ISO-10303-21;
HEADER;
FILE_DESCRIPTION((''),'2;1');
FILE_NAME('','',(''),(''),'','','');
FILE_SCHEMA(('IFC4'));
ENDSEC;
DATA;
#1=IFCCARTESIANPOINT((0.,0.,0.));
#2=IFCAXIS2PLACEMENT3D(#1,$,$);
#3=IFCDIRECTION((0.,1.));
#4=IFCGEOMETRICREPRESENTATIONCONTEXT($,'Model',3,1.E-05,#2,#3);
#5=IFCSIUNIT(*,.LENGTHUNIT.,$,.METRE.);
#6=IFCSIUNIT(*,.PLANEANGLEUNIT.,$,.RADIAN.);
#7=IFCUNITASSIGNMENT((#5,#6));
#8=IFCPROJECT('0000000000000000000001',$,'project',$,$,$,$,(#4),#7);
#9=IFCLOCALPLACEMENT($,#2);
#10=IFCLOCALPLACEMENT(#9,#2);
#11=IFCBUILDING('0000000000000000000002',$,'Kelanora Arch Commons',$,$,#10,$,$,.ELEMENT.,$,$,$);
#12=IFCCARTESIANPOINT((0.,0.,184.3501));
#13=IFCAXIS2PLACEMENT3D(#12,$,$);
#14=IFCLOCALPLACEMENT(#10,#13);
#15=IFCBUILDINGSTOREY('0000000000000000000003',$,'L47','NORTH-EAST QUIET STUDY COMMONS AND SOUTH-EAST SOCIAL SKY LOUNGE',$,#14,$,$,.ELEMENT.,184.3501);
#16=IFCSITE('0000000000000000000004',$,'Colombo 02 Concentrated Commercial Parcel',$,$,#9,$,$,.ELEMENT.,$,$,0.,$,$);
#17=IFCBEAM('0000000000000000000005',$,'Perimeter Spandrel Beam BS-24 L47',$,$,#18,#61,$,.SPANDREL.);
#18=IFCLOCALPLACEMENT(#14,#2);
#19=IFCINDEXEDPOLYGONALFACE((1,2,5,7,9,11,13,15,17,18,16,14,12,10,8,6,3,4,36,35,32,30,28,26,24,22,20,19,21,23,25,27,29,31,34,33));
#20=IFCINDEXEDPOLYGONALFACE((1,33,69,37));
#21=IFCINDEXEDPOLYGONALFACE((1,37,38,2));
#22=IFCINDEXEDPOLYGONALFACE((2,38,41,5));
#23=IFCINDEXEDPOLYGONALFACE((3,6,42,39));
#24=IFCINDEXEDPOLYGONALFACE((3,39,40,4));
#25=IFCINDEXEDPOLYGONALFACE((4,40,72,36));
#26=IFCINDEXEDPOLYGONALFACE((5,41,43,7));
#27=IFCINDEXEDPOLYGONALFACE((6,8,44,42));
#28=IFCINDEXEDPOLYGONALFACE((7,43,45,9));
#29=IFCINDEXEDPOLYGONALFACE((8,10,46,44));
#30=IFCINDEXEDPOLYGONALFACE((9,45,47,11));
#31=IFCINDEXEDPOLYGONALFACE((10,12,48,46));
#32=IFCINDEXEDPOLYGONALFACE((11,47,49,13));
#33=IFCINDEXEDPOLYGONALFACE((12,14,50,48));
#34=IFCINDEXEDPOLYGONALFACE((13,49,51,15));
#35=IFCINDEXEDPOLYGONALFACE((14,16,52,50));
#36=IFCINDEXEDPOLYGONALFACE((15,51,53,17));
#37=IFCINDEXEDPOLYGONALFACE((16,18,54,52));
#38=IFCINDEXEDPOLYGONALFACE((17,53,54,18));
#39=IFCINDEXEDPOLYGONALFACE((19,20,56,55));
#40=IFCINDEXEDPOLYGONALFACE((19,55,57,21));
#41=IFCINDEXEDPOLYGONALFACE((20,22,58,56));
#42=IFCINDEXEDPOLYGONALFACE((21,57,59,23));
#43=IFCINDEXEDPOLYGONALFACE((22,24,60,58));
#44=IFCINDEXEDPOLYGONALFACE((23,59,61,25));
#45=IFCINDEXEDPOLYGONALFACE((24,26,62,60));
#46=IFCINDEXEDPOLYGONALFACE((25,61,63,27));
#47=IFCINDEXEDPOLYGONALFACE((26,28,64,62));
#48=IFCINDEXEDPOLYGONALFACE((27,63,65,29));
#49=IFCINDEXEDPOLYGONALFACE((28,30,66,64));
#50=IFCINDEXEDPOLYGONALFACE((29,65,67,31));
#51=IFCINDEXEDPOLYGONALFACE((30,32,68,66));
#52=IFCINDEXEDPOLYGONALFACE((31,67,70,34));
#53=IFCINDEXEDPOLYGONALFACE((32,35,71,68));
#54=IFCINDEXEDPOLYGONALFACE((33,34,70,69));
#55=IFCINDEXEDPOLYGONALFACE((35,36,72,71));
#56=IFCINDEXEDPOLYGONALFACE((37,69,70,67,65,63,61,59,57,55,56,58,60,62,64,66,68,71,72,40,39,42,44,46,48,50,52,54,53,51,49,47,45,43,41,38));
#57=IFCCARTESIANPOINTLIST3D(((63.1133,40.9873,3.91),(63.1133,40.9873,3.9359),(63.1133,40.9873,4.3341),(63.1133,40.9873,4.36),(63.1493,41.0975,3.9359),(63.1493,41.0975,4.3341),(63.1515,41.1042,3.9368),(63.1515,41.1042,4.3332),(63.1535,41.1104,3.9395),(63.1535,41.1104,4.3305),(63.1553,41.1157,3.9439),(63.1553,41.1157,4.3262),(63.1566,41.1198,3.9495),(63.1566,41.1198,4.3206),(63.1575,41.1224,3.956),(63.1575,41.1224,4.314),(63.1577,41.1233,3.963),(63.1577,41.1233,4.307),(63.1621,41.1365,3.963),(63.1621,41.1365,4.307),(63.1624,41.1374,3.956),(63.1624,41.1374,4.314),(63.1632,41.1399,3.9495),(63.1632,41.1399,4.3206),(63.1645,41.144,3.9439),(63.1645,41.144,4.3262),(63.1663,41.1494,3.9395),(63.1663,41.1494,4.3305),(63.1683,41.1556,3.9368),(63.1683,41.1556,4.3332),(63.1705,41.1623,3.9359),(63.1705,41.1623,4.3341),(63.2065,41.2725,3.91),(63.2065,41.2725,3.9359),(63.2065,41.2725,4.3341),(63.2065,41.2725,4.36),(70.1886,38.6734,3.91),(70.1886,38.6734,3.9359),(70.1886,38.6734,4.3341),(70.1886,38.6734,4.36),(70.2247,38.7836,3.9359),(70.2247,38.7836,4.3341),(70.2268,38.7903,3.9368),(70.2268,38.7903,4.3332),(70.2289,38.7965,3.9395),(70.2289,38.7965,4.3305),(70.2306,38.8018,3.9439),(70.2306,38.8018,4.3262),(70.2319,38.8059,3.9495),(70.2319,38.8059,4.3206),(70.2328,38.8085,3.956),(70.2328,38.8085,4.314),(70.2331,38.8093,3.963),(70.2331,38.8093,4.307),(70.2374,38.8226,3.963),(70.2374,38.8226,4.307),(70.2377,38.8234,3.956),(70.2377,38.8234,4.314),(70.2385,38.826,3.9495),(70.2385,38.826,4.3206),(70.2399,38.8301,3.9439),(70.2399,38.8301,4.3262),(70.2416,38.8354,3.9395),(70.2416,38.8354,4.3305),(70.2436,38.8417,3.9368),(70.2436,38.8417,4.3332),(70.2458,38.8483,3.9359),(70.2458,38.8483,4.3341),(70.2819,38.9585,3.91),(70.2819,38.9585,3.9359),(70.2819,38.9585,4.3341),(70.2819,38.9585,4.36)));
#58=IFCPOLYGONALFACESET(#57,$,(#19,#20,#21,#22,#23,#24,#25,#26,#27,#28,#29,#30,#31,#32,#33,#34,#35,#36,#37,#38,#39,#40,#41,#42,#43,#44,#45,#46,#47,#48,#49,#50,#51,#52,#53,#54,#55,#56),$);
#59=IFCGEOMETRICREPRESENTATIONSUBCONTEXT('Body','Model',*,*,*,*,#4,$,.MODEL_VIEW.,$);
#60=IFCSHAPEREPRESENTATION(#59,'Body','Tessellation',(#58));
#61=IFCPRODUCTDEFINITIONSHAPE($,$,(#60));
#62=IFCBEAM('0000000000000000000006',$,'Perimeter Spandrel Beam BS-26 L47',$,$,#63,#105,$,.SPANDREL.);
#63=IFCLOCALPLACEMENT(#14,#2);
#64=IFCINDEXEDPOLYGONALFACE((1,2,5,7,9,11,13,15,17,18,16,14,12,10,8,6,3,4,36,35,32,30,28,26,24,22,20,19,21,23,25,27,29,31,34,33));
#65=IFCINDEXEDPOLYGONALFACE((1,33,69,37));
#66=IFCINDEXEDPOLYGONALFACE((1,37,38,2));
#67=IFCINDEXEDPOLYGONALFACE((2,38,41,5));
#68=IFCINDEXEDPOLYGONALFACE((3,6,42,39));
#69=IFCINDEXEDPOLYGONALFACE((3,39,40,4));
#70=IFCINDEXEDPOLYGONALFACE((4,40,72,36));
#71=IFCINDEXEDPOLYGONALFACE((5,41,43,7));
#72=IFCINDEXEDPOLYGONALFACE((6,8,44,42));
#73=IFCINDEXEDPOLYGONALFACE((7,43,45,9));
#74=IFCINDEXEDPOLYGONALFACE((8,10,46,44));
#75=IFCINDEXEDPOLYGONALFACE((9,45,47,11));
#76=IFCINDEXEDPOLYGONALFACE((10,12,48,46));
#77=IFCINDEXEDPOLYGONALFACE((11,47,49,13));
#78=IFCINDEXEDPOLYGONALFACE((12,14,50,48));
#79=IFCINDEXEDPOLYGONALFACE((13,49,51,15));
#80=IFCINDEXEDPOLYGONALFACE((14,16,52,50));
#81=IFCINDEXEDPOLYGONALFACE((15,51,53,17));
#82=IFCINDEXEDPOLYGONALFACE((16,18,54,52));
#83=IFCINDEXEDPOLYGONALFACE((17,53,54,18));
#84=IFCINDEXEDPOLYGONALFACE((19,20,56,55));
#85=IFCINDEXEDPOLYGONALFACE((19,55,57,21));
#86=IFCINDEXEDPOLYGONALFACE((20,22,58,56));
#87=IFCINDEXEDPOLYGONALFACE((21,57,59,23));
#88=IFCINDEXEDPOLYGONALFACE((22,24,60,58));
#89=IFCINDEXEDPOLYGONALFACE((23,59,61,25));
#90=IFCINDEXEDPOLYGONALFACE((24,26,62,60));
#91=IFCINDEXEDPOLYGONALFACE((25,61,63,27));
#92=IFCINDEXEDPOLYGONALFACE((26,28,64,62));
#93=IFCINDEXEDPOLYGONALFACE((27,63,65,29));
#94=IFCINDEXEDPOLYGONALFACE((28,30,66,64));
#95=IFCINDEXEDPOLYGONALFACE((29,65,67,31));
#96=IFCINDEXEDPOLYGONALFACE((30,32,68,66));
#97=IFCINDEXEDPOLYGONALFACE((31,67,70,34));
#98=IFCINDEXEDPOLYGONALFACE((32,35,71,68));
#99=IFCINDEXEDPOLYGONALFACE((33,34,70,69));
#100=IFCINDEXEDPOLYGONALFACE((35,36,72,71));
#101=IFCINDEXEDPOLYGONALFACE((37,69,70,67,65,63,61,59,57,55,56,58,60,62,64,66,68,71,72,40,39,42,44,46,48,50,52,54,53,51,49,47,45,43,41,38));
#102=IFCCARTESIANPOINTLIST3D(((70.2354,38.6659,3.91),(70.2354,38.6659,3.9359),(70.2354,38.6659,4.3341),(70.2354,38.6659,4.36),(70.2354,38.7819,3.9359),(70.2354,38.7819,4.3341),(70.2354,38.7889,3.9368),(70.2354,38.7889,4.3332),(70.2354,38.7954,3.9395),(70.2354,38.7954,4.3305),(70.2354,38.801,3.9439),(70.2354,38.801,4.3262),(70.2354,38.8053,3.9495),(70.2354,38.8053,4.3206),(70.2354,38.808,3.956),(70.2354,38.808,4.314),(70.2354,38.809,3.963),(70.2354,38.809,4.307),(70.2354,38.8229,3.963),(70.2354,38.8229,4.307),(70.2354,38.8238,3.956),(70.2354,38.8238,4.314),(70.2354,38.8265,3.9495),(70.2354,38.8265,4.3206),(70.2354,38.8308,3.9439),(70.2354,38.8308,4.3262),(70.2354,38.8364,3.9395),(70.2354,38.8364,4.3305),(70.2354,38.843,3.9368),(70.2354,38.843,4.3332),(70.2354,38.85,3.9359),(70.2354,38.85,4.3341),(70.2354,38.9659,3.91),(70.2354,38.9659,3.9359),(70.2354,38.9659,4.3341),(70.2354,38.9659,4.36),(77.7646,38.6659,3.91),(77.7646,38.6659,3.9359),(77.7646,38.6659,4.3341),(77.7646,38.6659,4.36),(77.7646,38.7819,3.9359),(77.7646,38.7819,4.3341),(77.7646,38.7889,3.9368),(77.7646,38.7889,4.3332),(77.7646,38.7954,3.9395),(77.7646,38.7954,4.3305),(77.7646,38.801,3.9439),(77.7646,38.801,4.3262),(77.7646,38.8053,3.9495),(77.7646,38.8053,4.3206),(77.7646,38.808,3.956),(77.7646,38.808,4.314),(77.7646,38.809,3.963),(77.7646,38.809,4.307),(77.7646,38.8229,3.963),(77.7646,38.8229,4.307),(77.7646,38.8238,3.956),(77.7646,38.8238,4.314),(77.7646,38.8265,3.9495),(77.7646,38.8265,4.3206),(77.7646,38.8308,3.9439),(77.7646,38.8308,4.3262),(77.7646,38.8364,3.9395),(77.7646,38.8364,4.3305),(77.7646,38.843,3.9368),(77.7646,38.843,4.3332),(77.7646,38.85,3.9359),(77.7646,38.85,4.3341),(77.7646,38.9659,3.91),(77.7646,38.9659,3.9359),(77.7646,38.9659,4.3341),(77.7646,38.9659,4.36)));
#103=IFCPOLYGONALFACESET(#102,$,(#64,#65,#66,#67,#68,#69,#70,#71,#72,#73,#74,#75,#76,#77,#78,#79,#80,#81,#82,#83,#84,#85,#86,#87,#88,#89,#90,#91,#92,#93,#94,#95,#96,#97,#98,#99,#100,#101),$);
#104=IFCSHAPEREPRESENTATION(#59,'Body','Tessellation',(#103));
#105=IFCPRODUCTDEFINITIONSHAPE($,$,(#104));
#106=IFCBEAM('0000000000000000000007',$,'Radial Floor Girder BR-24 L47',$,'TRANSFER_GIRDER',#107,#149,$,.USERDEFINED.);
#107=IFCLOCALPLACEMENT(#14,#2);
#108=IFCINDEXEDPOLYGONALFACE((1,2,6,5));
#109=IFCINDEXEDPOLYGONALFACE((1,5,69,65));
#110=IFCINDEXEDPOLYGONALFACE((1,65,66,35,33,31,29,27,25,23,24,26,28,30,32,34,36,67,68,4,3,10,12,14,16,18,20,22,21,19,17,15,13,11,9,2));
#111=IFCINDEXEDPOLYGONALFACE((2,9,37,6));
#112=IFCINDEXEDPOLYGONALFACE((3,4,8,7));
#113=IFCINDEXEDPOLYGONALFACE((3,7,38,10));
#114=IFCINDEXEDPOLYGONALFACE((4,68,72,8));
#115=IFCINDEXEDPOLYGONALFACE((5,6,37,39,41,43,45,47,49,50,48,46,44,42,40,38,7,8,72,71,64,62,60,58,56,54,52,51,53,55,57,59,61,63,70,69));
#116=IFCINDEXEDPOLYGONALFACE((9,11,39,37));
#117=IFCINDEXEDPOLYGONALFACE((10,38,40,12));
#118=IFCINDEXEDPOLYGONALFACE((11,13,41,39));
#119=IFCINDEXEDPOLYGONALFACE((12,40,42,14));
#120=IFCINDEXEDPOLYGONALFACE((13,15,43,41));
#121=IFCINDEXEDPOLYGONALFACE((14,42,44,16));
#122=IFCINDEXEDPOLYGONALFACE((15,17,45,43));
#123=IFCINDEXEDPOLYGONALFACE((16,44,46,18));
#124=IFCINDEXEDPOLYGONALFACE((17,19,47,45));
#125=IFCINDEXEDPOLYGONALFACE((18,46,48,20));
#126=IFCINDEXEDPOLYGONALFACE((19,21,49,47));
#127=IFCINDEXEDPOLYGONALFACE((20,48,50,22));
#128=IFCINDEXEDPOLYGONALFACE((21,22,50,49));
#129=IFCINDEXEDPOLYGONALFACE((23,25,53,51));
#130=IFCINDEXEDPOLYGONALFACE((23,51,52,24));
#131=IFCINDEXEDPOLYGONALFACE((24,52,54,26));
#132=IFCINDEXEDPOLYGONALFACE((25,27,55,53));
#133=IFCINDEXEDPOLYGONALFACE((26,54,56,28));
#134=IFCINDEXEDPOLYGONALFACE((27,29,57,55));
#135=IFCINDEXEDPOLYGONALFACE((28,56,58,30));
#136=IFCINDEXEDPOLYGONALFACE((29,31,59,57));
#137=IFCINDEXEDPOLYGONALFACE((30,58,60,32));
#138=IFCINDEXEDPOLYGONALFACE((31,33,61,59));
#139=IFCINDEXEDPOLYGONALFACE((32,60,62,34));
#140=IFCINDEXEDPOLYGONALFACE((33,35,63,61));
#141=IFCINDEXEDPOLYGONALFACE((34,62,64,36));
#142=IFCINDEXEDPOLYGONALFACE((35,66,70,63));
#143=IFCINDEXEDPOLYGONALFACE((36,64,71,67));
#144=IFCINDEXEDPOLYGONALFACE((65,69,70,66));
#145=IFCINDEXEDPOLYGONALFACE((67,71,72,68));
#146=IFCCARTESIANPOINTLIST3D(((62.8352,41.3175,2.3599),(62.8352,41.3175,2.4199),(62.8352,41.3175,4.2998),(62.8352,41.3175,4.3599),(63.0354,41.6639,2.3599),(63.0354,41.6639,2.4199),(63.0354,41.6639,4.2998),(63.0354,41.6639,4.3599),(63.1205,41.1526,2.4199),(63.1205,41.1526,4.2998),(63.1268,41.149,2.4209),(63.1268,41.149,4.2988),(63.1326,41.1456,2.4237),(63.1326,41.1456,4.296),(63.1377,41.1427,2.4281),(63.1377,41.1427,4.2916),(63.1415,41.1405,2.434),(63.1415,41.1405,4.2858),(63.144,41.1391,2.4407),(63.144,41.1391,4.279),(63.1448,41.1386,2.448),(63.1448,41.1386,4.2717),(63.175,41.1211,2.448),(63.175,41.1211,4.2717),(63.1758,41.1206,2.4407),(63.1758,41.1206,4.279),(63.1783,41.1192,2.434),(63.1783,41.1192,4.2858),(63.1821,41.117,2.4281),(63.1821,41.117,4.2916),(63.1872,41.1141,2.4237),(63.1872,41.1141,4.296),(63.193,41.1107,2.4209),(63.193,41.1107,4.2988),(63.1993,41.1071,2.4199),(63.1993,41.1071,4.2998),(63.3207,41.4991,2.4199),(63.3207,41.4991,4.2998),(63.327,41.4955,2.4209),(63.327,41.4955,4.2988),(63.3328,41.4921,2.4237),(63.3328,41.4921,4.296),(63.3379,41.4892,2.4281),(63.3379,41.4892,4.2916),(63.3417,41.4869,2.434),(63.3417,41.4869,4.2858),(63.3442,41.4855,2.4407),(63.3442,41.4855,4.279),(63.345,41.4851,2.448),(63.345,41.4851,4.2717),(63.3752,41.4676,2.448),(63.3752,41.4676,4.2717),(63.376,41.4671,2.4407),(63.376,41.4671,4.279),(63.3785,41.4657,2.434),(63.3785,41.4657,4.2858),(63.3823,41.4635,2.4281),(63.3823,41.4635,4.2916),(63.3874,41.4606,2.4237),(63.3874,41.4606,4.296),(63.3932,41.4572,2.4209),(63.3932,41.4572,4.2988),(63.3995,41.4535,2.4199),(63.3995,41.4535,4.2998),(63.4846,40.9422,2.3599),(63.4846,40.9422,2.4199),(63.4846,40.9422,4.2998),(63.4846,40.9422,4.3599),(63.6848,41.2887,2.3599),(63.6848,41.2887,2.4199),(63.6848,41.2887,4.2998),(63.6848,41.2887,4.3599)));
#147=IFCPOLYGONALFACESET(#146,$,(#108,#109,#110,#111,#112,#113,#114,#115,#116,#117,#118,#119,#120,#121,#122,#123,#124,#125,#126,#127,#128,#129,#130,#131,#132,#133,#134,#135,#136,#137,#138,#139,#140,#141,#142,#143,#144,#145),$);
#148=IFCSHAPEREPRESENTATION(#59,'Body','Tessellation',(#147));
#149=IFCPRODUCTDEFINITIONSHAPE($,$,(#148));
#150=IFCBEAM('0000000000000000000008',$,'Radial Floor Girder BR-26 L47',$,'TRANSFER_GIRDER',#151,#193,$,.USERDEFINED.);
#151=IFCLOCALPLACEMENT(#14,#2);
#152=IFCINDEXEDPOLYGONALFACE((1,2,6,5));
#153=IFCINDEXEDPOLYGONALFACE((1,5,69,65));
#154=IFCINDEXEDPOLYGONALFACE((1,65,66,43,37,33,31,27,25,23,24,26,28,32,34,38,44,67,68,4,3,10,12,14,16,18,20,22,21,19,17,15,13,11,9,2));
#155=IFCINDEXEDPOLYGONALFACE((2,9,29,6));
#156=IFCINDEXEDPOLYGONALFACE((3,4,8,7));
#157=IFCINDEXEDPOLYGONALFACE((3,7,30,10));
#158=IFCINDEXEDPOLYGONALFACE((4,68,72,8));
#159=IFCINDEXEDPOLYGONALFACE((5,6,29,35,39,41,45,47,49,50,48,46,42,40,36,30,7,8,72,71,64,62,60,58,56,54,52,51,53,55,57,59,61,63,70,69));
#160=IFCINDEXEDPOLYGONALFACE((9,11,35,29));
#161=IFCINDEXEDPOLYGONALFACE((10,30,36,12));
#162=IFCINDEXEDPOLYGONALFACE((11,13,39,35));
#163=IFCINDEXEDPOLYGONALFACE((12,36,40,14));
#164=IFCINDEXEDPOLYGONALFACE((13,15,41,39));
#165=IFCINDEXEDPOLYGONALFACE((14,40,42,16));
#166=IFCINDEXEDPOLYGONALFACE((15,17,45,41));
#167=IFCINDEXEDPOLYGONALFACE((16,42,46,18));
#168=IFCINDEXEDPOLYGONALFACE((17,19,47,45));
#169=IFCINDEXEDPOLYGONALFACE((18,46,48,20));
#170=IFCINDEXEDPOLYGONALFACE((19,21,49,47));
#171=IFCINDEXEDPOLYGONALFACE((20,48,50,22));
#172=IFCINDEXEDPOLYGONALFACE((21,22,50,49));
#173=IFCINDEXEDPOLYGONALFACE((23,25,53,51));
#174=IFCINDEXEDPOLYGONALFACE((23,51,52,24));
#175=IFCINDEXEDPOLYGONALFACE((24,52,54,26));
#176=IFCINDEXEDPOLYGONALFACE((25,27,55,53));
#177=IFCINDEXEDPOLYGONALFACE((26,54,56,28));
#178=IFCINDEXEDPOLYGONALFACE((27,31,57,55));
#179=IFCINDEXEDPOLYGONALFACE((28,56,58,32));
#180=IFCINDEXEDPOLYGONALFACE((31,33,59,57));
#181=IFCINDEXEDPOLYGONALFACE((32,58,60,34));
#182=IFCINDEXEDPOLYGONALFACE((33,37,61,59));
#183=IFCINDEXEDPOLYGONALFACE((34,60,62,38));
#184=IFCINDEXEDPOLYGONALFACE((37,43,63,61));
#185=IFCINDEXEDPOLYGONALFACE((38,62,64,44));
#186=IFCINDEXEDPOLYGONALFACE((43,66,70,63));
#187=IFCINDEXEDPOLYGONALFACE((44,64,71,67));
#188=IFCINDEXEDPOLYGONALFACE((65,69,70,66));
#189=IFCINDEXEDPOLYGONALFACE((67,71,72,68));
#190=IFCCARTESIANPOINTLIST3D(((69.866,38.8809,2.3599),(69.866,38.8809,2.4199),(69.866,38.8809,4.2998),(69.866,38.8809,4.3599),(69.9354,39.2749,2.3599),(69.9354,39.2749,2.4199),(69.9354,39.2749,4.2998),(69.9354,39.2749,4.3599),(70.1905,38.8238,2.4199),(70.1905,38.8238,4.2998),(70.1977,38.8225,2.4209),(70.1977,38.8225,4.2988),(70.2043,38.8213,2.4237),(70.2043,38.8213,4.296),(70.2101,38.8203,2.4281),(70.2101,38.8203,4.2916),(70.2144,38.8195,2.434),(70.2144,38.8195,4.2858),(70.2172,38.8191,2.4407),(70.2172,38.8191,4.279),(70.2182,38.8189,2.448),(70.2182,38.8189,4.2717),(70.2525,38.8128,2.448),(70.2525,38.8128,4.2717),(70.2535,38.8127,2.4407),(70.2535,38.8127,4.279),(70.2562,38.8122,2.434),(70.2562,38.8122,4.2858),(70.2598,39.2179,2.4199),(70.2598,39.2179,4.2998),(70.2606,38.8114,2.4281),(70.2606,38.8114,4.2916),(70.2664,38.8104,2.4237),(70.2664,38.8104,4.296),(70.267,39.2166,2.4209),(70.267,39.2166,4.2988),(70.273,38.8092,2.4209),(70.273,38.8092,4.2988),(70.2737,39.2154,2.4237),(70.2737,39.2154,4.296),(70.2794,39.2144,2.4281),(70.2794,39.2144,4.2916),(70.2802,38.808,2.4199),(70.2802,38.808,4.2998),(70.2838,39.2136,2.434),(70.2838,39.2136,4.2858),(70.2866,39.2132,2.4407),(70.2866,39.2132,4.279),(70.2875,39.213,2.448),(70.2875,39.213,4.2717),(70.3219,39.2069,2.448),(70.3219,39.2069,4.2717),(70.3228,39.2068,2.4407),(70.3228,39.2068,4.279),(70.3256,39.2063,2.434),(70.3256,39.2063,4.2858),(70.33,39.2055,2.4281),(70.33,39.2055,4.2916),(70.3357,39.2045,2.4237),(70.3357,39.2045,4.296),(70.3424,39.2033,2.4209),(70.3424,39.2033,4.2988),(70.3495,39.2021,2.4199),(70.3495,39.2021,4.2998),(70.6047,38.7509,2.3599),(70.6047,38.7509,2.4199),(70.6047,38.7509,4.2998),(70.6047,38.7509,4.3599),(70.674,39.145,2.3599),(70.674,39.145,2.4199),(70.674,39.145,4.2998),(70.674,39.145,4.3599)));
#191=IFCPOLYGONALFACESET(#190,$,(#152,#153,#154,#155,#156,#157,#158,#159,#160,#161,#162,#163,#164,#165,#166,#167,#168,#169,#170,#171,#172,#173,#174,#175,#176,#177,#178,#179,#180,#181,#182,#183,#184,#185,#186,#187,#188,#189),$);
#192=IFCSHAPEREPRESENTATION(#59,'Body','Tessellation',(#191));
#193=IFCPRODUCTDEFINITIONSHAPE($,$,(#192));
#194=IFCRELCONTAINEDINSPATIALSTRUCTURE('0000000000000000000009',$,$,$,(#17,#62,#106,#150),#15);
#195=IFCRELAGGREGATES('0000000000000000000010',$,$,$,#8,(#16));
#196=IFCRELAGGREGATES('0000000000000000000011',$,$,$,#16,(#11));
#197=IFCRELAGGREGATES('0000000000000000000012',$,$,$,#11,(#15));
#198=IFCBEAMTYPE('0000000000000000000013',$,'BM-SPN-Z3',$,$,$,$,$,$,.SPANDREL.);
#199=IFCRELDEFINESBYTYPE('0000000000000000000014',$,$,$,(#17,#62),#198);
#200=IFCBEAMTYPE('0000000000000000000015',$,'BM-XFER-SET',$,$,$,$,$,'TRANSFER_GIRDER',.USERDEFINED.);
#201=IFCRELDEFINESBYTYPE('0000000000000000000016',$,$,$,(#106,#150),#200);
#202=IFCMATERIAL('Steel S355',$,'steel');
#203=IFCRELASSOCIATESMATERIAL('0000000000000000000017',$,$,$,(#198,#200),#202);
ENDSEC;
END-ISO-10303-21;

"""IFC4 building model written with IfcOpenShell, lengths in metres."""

from ifc_helpers import new_model, si_unit, direction, frame, origin, origin_2d, place, context, subcontext, project, spatial, i_section, extrude, material, material_profile, profile_set, type_object, element, save


model = new_model("IFC4")

# Units and contexts
model_context = context("Model", 3, precision=1e-05, world=origin(), true_north=direction((0.0, 1.0)))
body_context = subcontext(model_context, "Body", "Model", "MODEL_VIEW")
ifc_project = project(units=[si_unit("LENGTHUNIT", "METRE"), si_unit("PLANEANGLEUNIT", "RADIAN")], contexts=[model_context])

# Site, building, storey
site_placement = place(None, origin())
site = spatial("IfcSite", under=ifc_project, at=site_placement, Name="Colombo 02 Concentrated Commercial Parcel", CompositionType="ELEMENT", RefElevation=0.0)
building_placement = place(site_placement, origin())
building = spatial("IfcBuilding", under=site, at=building_placement, Name="Kelanora Arch Commons", CompositionType="ELEMENT")
storey_placement = place(building_placement, frame((0.0, 0.0, 184.3501)))
storey = spatial("IfcBuildingStorey", under=building, at=storey_placement, Name="L47", Description="NORTH-EAST QUIET STUDY COMMONS AND SOUTH-EAST SOCIAL SKY LOUNGE", CompositionType="ELEMENT", Elevation=184.3501)

# Beams
ifc_material_1 = material(Name="Steel S355", Category="steel")
ifc_material_profile_1 = material_profile(ifc_material_1, i_section(OverallWidth=0.3, OverallDepth=0.45, WebThickness=0.0139, FlangeThickness=0.0259, FilletRadius=0.0271, at=origin_2d()), Name="HEB450")
ifc_profile_set_1 = profile_set([ifc_material_profile_1], Name="Steel S355")
beam_type_1 = type_object("IfcBeamType", Name="BM-SPN-Z3", PredefinedType="SPANDREL", material=ifc_profile_set_1)
beam_1_placement = place(storey_placement, frame((63.1599, 41.1299, 4.135), z_axis=(0.950462, -0.310841, 0.0), x_axis=(0.310841, 0.950462, 0.0)))
element("IfcBeam", 1, at=beam_1_placement, inside=storey, type_object=beam_type_1, Name="Perimeter Spandrel Beam BS-24 L47", PredefinedType="SPANDREL", context=body_context, shape_type="SweptSolid", body=[
    extrude(i_section(OverallWidth=0.3, OverallDepth=0.45, WebThickness=0.0139, FlangeThickness=0.0259, FilletRadius=0.0271, at=origin_2d()), origin(), (0.0, 0.0, 1.0), 7.4441),
])
beam_2_placement = place(storey_placement, frame((70.2354, 38.8159, 4.135), z_axis=(1.0, 0.0, 0.0), x_axis=(0.0, 1.0, 0.0)))
element("IfcBeam", 2, at=beam_2_placement, inside=storey, type_object=beam_type_1, Name="Perimeter Spandrel Beam BS-26 L47", PredefinedType="SPANDREL", context=body_context, shape_type="SweptSolid", body=[
    extrude(i_section(OverallWidth=0.3, OverallDepth=0.45, WebThickness=0.0139, FlangeThickness=0.0259, FilletRadius=0.0271, at=origin_2d()), origin(), (0.0, 0.0, 1.0), 7.5293),
])
ifc_material_profile_2 = material_profile(ifc_material_1, i_section(OverallWidth=0.75, OverallDepth=2.0, WebThickness=0.0349, FlangeThickness=0.0601, FilletRadius=0.0281, at=origin_2d()), Name="PG2000x750")
ifc_profile_set_2 = profile_set([ifc_material_profile_2], Name="Steel S355")
beam_type_2 = type_object("IfcBeamType", Name="BM-XFER-SET", ElementType="TRANSFER_GIRDER", PredefinedType="USERDEFINED", material=ifc_profile_set_2)
for number, where, z_axis, x_axis, name in (
    (3, (63.3601, 41.4763, 3.3599), (-0.500339, -0.86583, 0.0), (0.86583, -0.500339, 0.0), "Radial Floor Girder BR-24 L47"),
    (4, (70.3047, 39.21, 3.3599), (-0.173298, -0.984869, 0.0), (0.984869, -0.173298, 0.0), "Radial Floor Girder BR-26 L47"),
):
    element("IfcBeam", number, at=place(storey_placement, frame(where, z_axis=z_axis, x_axis=x_axis)), inside=storey, type_object=beam_type_2, Name=name, ObjectType="TRANSFER_GIRDER", PredefinedType="USERDEFINED", context=body_context, shape_type="SweptSolid", body=[
        extrude(i_section(OverallWidth=0.75, OverallDepth=2.0, WebThickness=0.0349, FlangeThickness=0.0601, FilletRadius=0.0281, at=origin_2d()), origin(), (0.0, 0.0, 1.0), 0.4001),
    ])

save(model, "model.ifc")
